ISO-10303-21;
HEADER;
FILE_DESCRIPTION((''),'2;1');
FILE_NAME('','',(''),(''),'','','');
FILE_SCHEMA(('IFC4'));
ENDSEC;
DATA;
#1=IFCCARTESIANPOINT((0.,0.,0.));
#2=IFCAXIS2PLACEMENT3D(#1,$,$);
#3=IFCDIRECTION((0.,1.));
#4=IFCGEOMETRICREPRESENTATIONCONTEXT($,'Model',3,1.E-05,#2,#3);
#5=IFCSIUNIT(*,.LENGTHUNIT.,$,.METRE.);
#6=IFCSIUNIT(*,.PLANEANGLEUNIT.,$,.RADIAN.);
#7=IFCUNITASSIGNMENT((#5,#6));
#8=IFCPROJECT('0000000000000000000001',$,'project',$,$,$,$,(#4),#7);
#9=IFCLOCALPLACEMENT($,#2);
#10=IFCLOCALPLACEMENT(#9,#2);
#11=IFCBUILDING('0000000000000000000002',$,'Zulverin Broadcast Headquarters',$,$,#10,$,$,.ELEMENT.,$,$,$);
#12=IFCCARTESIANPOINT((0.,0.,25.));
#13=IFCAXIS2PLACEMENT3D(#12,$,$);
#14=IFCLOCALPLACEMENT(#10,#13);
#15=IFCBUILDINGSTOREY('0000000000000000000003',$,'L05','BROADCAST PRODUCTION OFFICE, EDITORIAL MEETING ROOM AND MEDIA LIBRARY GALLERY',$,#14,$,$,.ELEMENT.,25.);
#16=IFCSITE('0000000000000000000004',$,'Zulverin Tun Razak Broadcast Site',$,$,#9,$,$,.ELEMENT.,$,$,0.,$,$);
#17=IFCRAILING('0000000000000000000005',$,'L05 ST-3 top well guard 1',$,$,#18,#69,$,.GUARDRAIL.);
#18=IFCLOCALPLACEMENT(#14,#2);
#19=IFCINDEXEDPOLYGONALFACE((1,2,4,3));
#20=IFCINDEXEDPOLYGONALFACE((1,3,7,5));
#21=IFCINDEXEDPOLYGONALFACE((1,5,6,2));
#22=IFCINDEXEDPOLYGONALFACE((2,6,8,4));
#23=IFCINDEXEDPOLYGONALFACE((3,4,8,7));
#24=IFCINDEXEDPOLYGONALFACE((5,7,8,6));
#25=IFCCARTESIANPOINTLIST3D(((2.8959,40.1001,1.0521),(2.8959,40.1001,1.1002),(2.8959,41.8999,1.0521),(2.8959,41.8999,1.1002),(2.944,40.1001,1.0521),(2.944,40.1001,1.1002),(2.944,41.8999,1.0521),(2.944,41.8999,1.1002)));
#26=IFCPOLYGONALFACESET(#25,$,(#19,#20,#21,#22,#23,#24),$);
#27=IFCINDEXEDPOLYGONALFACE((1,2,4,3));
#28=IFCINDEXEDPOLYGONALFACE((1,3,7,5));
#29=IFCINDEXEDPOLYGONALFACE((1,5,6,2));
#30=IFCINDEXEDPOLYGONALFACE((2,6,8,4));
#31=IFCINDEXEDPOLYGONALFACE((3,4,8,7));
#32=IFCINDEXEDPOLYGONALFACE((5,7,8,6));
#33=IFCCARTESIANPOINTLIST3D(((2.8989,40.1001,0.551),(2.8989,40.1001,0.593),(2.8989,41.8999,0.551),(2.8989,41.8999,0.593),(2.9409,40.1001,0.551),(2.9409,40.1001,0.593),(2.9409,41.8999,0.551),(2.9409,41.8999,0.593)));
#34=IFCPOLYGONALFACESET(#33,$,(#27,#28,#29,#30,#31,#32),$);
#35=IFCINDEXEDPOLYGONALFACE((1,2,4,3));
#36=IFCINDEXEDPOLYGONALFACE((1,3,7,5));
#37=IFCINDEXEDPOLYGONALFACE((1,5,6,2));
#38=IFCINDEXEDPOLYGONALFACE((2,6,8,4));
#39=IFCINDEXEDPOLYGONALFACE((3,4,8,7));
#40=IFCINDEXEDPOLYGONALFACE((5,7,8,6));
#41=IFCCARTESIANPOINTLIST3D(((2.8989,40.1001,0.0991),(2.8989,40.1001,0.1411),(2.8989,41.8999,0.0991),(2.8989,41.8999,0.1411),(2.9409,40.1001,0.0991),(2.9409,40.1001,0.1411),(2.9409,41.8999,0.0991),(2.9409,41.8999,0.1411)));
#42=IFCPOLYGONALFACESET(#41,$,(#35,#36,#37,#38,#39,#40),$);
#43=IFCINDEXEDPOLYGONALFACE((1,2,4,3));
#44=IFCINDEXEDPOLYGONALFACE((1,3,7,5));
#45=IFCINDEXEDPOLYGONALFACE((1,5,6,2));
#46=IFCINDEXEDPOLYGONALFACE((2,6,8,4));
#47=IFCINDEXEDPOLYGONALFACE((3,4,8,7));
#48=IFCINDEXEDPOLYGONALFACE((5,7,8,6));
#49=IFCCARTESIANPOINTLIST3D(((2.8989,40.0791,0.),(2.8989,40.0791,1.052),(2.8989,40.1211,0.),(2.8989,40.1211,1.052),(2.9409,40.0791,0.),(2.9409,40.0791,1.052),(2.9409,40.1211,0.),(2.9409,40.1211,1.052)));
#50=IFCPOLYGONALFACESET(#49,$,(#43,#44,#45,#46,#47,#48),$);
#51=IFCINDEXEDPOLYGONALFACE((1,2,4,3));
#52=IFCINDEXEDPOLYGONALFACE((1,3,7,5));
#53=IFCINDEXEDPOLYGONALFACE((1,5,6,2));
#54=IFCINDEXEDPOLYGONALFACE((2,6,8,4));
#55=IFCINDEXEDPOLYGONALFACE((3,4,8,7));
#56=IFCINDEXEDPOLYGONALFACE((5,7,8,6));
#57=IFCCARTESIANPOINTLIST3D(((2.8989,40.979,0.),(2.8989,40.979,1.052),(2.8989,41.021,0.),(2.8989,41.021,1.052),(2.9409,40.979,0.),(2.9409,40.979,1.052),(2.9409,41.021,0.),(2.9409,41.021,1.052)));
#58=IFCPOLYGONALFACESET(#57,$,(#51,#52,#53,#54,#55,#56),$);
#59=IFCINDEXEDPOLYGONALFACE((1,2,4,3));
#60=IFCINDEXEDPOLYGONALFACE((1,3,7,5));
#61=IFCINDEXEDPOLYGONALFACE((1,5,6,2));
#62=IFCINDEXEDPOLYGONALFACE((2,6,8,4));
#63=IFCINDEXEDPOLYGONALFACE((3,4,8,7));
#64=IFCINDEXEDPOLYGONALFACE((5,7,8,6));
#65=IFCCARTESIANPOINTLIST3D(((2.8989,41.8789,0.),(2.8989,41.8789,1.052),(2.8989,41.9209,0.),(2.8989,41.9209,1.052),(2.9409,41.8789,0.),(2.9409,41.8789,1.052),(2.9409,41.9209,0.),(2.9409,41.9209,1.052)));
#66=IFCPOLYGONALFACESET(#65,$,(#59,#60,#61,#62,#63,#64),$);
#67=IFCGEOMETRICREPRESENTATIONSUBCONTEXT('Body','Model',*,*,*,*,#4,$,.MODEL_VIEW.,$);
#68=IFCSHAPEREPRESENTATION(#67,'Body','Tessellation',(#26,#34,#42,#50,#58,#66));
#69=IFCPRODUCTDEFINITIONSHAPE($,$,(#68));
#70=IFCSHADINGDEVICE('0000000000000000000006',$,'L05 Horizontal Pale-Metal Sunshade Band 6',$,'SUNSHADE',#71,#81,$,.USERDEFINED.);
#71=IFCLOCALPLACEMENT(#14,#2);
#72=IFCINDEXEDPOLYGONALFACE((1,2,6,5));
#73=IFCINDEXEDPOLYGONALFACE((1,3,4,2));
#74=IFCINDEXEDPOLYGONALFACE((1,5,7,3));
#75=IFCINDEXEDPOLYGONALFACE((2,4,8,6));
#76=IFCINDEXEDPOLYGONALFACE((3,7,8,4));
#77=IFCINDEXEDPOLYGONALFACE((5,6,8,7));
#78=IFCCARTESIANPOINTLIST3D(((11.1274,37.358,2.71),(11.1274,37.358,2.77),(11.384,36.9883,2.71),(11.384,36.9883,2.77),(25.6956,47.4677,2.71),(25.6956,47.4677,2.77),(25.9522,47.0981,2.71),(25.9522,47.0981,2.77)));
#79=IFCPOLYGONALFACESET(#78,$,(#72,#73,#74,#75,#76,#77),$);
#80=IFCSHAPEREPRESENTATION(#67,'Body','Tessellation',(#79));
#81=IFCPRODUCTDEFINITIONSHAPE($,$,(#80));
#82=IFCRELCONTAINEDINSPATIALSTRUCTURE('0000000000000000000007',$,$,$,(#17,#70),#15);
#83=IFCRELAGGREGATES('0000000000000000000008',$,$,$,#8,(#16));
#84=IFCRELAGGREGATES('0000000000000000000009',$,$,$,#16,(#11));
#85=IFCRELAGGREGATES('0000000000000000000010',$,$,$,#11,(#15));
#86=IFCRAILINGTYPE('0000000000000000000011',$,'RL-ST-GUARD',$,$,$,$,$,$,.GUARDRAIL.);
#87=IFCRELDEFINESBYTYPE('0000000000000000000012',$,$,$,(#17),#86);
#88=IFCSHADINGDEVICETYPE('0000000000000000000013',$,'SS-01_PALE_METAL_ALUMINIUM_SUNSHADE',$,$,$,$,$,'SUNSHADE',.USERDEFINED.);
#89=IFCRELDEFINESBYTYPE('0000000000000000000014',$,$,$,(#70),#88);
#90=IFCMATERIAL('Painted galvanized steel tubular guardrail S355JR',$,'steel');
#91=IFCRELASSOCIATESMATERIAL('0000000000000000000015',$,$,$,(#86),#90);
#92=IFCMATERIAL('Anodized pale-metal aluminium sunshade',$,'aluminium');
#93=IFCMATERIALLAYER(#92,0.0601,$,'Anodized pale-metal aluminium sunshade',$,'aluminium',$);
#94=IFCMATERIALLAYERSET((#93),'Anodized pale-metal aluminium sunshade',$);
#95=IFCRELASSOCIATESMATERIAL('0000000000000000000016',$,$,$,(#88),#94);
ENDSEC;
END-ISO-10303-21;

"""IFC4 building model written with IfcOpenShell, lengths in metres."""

from ifc_helpers import new_model, si_unit, direction, frame, origin, origin_2d, place, context, subcontext, project, spatial, rectangle, extrude, material, layer, layer_set, type_object, element, save


model = new_model("IFC4")

# Units and contexts
model_context = context("Model", 3, precision=1e-05, world=origin(), true_north=direction((0.0, 1.0)))
body_context = subcontext(model_context, "Body", "Model", "MODEL_VIEW")
ifc_project = project(units=[si_unit("LENGTHUNIT", "METRE"), si_unit("PLANEANGLEUNIT", "RADIAN")], contexts=[model_context])

# Site, building, storey
site_placement = place(None, origin())
site = spatial("IfcSite", under=ifc_project, at=site_placement, Name="Zulverin Tun Razak Broadcast Site", CompositionType="ELEMENT", RefElevation=0.0)
building_placement = place(site_placement, origin())
building = spatial("IfcBuilding", under=site, at=building_placement, Name="Zulverin Broadcast Headquarters", CompositionType="ELEMENT")
storey_placement = place(building_placement, frame((0.0, 0.0, 25.0)))
storey = spatial("IfcBuildingStorey", under=building, at=storey_placement, Name="L05", Description="BROADCAST PRODUCTION OFFICE, EDITORIAL MEETING ROOM AND MEDIA LIBRARY GALLERY", CompositionType="ELEMENT", Elevation=25.0)

# Railing
ifc_material_1 = material(Name="Painted galvanized steel tubular guardrail S355JR", Category="steel")
railing_type_1 = type_object("IfcRailingType", Name="RL-ST-GUARD", PredefinedType="GUARDRAIL", material=ifc_material_1)
railing_1_placement = place(storey_placement, frame((2.9199, 40.1001, 0.0)))
element("IfcRailing", 1, at=railing_1_placement, inside=storey, type_object=railing_type_1, Name="L05 ST-3 top well guard 1", PredefinedType="GUARDRAIL", context=body_context, shape_type="SweptSolid", body=[
    extrude(rectangle(XDim=0.0481, YDim=0.0481, at=origin_2d()), frame((0.0, 0.0, 1.0762), z_axis=(0.0, 1.0, 0.0), x_axis=(-1.0, 0.0, 0.0)), (0.0, 0.0, 1.0), 1.7998),
    extrude(rectangle(XDim=0.042, YDim=0.042, at=origin_2d()), frame((0.0, 0.0, 0.572), z_axis=(0.0, 1.0, 0.0), x_axis=(-1.0, 0.0, 0.0)), (0.0, 0.0, 1.0), 1.7998),
    extrude(rectangle(XDim=0.042, YDim=0.042, at=origin_2d()), frame((0.0, 0.0, 0.1201), z_axis=(0.0, 1.0, 0.0), x_axis=(-1.0, 0.0, 0.0)), (0.0, 0.0, 1.0), 1.7998),
    extrude(rectangle(XDim=0.042, YDim=0.042, at=origin_2d()), origin(), (0.0, 0.0, 1.0), 1.052),
    extrude(rectangle(XDim=0.042, YDim=0.042, at=origin_2d()), frame((0.0, 0.8999, 0.0)), (0.0, 0.0, 1.0), 1.052),
    extrude(rectangle(XDim=0.042, YDim=0.042, at=origin_2d()), frame((0.0, 1.7998, 0.0)), (0.0, 0.0, 1.0), 1.052),
])

# Shading device
ifc_material_2 = material(Name="Anodized pale-metal aluminium sunshade", Category="aluminium")
ifc_layer_1 = layer(ifc_material_2, 0.0601, Name="Anodized pale-metal aluminium sunshade", Category="aluminium")
ifc_layer_set_1 = layer_set([ifc_layer_1], Name="Anodized pale-metal aluminium sunshade")
shading_device_type = type_object("IfcShadingDeviceType", Name="SS-01_PALE_METAL_ALUMINIUM_SUNSHADE", ElementType="SUNSHADE", PredefinedType="USERDEFINED", material=ifc_layer_set_1)
shading_device_placement = place(storey_placement, frame((18.5398, 42.228, 2.71), z_axis=(0.0, 0.0, 1.0), x_axis=(-0.821556, -0.570127, 0.0)))
element("IfcShadingDevice", 2, at=shading_device_placement, inside=storey, type_object=shading_device_type, Name="L05 Horizontal Pale-Metal Sunshade Band 6", ObjectType="SUNSHADE", PredefinedType="USERDEFINED", context=body_context, shape_type="SweptSolid", body=[
    extrude(rectangle(XDim=17.7324, YDim=0.45, at=origin_2d()), origin(), (0.0, 0.0, 1.0), 0.0601),
])

save(model, "model.ifc")
